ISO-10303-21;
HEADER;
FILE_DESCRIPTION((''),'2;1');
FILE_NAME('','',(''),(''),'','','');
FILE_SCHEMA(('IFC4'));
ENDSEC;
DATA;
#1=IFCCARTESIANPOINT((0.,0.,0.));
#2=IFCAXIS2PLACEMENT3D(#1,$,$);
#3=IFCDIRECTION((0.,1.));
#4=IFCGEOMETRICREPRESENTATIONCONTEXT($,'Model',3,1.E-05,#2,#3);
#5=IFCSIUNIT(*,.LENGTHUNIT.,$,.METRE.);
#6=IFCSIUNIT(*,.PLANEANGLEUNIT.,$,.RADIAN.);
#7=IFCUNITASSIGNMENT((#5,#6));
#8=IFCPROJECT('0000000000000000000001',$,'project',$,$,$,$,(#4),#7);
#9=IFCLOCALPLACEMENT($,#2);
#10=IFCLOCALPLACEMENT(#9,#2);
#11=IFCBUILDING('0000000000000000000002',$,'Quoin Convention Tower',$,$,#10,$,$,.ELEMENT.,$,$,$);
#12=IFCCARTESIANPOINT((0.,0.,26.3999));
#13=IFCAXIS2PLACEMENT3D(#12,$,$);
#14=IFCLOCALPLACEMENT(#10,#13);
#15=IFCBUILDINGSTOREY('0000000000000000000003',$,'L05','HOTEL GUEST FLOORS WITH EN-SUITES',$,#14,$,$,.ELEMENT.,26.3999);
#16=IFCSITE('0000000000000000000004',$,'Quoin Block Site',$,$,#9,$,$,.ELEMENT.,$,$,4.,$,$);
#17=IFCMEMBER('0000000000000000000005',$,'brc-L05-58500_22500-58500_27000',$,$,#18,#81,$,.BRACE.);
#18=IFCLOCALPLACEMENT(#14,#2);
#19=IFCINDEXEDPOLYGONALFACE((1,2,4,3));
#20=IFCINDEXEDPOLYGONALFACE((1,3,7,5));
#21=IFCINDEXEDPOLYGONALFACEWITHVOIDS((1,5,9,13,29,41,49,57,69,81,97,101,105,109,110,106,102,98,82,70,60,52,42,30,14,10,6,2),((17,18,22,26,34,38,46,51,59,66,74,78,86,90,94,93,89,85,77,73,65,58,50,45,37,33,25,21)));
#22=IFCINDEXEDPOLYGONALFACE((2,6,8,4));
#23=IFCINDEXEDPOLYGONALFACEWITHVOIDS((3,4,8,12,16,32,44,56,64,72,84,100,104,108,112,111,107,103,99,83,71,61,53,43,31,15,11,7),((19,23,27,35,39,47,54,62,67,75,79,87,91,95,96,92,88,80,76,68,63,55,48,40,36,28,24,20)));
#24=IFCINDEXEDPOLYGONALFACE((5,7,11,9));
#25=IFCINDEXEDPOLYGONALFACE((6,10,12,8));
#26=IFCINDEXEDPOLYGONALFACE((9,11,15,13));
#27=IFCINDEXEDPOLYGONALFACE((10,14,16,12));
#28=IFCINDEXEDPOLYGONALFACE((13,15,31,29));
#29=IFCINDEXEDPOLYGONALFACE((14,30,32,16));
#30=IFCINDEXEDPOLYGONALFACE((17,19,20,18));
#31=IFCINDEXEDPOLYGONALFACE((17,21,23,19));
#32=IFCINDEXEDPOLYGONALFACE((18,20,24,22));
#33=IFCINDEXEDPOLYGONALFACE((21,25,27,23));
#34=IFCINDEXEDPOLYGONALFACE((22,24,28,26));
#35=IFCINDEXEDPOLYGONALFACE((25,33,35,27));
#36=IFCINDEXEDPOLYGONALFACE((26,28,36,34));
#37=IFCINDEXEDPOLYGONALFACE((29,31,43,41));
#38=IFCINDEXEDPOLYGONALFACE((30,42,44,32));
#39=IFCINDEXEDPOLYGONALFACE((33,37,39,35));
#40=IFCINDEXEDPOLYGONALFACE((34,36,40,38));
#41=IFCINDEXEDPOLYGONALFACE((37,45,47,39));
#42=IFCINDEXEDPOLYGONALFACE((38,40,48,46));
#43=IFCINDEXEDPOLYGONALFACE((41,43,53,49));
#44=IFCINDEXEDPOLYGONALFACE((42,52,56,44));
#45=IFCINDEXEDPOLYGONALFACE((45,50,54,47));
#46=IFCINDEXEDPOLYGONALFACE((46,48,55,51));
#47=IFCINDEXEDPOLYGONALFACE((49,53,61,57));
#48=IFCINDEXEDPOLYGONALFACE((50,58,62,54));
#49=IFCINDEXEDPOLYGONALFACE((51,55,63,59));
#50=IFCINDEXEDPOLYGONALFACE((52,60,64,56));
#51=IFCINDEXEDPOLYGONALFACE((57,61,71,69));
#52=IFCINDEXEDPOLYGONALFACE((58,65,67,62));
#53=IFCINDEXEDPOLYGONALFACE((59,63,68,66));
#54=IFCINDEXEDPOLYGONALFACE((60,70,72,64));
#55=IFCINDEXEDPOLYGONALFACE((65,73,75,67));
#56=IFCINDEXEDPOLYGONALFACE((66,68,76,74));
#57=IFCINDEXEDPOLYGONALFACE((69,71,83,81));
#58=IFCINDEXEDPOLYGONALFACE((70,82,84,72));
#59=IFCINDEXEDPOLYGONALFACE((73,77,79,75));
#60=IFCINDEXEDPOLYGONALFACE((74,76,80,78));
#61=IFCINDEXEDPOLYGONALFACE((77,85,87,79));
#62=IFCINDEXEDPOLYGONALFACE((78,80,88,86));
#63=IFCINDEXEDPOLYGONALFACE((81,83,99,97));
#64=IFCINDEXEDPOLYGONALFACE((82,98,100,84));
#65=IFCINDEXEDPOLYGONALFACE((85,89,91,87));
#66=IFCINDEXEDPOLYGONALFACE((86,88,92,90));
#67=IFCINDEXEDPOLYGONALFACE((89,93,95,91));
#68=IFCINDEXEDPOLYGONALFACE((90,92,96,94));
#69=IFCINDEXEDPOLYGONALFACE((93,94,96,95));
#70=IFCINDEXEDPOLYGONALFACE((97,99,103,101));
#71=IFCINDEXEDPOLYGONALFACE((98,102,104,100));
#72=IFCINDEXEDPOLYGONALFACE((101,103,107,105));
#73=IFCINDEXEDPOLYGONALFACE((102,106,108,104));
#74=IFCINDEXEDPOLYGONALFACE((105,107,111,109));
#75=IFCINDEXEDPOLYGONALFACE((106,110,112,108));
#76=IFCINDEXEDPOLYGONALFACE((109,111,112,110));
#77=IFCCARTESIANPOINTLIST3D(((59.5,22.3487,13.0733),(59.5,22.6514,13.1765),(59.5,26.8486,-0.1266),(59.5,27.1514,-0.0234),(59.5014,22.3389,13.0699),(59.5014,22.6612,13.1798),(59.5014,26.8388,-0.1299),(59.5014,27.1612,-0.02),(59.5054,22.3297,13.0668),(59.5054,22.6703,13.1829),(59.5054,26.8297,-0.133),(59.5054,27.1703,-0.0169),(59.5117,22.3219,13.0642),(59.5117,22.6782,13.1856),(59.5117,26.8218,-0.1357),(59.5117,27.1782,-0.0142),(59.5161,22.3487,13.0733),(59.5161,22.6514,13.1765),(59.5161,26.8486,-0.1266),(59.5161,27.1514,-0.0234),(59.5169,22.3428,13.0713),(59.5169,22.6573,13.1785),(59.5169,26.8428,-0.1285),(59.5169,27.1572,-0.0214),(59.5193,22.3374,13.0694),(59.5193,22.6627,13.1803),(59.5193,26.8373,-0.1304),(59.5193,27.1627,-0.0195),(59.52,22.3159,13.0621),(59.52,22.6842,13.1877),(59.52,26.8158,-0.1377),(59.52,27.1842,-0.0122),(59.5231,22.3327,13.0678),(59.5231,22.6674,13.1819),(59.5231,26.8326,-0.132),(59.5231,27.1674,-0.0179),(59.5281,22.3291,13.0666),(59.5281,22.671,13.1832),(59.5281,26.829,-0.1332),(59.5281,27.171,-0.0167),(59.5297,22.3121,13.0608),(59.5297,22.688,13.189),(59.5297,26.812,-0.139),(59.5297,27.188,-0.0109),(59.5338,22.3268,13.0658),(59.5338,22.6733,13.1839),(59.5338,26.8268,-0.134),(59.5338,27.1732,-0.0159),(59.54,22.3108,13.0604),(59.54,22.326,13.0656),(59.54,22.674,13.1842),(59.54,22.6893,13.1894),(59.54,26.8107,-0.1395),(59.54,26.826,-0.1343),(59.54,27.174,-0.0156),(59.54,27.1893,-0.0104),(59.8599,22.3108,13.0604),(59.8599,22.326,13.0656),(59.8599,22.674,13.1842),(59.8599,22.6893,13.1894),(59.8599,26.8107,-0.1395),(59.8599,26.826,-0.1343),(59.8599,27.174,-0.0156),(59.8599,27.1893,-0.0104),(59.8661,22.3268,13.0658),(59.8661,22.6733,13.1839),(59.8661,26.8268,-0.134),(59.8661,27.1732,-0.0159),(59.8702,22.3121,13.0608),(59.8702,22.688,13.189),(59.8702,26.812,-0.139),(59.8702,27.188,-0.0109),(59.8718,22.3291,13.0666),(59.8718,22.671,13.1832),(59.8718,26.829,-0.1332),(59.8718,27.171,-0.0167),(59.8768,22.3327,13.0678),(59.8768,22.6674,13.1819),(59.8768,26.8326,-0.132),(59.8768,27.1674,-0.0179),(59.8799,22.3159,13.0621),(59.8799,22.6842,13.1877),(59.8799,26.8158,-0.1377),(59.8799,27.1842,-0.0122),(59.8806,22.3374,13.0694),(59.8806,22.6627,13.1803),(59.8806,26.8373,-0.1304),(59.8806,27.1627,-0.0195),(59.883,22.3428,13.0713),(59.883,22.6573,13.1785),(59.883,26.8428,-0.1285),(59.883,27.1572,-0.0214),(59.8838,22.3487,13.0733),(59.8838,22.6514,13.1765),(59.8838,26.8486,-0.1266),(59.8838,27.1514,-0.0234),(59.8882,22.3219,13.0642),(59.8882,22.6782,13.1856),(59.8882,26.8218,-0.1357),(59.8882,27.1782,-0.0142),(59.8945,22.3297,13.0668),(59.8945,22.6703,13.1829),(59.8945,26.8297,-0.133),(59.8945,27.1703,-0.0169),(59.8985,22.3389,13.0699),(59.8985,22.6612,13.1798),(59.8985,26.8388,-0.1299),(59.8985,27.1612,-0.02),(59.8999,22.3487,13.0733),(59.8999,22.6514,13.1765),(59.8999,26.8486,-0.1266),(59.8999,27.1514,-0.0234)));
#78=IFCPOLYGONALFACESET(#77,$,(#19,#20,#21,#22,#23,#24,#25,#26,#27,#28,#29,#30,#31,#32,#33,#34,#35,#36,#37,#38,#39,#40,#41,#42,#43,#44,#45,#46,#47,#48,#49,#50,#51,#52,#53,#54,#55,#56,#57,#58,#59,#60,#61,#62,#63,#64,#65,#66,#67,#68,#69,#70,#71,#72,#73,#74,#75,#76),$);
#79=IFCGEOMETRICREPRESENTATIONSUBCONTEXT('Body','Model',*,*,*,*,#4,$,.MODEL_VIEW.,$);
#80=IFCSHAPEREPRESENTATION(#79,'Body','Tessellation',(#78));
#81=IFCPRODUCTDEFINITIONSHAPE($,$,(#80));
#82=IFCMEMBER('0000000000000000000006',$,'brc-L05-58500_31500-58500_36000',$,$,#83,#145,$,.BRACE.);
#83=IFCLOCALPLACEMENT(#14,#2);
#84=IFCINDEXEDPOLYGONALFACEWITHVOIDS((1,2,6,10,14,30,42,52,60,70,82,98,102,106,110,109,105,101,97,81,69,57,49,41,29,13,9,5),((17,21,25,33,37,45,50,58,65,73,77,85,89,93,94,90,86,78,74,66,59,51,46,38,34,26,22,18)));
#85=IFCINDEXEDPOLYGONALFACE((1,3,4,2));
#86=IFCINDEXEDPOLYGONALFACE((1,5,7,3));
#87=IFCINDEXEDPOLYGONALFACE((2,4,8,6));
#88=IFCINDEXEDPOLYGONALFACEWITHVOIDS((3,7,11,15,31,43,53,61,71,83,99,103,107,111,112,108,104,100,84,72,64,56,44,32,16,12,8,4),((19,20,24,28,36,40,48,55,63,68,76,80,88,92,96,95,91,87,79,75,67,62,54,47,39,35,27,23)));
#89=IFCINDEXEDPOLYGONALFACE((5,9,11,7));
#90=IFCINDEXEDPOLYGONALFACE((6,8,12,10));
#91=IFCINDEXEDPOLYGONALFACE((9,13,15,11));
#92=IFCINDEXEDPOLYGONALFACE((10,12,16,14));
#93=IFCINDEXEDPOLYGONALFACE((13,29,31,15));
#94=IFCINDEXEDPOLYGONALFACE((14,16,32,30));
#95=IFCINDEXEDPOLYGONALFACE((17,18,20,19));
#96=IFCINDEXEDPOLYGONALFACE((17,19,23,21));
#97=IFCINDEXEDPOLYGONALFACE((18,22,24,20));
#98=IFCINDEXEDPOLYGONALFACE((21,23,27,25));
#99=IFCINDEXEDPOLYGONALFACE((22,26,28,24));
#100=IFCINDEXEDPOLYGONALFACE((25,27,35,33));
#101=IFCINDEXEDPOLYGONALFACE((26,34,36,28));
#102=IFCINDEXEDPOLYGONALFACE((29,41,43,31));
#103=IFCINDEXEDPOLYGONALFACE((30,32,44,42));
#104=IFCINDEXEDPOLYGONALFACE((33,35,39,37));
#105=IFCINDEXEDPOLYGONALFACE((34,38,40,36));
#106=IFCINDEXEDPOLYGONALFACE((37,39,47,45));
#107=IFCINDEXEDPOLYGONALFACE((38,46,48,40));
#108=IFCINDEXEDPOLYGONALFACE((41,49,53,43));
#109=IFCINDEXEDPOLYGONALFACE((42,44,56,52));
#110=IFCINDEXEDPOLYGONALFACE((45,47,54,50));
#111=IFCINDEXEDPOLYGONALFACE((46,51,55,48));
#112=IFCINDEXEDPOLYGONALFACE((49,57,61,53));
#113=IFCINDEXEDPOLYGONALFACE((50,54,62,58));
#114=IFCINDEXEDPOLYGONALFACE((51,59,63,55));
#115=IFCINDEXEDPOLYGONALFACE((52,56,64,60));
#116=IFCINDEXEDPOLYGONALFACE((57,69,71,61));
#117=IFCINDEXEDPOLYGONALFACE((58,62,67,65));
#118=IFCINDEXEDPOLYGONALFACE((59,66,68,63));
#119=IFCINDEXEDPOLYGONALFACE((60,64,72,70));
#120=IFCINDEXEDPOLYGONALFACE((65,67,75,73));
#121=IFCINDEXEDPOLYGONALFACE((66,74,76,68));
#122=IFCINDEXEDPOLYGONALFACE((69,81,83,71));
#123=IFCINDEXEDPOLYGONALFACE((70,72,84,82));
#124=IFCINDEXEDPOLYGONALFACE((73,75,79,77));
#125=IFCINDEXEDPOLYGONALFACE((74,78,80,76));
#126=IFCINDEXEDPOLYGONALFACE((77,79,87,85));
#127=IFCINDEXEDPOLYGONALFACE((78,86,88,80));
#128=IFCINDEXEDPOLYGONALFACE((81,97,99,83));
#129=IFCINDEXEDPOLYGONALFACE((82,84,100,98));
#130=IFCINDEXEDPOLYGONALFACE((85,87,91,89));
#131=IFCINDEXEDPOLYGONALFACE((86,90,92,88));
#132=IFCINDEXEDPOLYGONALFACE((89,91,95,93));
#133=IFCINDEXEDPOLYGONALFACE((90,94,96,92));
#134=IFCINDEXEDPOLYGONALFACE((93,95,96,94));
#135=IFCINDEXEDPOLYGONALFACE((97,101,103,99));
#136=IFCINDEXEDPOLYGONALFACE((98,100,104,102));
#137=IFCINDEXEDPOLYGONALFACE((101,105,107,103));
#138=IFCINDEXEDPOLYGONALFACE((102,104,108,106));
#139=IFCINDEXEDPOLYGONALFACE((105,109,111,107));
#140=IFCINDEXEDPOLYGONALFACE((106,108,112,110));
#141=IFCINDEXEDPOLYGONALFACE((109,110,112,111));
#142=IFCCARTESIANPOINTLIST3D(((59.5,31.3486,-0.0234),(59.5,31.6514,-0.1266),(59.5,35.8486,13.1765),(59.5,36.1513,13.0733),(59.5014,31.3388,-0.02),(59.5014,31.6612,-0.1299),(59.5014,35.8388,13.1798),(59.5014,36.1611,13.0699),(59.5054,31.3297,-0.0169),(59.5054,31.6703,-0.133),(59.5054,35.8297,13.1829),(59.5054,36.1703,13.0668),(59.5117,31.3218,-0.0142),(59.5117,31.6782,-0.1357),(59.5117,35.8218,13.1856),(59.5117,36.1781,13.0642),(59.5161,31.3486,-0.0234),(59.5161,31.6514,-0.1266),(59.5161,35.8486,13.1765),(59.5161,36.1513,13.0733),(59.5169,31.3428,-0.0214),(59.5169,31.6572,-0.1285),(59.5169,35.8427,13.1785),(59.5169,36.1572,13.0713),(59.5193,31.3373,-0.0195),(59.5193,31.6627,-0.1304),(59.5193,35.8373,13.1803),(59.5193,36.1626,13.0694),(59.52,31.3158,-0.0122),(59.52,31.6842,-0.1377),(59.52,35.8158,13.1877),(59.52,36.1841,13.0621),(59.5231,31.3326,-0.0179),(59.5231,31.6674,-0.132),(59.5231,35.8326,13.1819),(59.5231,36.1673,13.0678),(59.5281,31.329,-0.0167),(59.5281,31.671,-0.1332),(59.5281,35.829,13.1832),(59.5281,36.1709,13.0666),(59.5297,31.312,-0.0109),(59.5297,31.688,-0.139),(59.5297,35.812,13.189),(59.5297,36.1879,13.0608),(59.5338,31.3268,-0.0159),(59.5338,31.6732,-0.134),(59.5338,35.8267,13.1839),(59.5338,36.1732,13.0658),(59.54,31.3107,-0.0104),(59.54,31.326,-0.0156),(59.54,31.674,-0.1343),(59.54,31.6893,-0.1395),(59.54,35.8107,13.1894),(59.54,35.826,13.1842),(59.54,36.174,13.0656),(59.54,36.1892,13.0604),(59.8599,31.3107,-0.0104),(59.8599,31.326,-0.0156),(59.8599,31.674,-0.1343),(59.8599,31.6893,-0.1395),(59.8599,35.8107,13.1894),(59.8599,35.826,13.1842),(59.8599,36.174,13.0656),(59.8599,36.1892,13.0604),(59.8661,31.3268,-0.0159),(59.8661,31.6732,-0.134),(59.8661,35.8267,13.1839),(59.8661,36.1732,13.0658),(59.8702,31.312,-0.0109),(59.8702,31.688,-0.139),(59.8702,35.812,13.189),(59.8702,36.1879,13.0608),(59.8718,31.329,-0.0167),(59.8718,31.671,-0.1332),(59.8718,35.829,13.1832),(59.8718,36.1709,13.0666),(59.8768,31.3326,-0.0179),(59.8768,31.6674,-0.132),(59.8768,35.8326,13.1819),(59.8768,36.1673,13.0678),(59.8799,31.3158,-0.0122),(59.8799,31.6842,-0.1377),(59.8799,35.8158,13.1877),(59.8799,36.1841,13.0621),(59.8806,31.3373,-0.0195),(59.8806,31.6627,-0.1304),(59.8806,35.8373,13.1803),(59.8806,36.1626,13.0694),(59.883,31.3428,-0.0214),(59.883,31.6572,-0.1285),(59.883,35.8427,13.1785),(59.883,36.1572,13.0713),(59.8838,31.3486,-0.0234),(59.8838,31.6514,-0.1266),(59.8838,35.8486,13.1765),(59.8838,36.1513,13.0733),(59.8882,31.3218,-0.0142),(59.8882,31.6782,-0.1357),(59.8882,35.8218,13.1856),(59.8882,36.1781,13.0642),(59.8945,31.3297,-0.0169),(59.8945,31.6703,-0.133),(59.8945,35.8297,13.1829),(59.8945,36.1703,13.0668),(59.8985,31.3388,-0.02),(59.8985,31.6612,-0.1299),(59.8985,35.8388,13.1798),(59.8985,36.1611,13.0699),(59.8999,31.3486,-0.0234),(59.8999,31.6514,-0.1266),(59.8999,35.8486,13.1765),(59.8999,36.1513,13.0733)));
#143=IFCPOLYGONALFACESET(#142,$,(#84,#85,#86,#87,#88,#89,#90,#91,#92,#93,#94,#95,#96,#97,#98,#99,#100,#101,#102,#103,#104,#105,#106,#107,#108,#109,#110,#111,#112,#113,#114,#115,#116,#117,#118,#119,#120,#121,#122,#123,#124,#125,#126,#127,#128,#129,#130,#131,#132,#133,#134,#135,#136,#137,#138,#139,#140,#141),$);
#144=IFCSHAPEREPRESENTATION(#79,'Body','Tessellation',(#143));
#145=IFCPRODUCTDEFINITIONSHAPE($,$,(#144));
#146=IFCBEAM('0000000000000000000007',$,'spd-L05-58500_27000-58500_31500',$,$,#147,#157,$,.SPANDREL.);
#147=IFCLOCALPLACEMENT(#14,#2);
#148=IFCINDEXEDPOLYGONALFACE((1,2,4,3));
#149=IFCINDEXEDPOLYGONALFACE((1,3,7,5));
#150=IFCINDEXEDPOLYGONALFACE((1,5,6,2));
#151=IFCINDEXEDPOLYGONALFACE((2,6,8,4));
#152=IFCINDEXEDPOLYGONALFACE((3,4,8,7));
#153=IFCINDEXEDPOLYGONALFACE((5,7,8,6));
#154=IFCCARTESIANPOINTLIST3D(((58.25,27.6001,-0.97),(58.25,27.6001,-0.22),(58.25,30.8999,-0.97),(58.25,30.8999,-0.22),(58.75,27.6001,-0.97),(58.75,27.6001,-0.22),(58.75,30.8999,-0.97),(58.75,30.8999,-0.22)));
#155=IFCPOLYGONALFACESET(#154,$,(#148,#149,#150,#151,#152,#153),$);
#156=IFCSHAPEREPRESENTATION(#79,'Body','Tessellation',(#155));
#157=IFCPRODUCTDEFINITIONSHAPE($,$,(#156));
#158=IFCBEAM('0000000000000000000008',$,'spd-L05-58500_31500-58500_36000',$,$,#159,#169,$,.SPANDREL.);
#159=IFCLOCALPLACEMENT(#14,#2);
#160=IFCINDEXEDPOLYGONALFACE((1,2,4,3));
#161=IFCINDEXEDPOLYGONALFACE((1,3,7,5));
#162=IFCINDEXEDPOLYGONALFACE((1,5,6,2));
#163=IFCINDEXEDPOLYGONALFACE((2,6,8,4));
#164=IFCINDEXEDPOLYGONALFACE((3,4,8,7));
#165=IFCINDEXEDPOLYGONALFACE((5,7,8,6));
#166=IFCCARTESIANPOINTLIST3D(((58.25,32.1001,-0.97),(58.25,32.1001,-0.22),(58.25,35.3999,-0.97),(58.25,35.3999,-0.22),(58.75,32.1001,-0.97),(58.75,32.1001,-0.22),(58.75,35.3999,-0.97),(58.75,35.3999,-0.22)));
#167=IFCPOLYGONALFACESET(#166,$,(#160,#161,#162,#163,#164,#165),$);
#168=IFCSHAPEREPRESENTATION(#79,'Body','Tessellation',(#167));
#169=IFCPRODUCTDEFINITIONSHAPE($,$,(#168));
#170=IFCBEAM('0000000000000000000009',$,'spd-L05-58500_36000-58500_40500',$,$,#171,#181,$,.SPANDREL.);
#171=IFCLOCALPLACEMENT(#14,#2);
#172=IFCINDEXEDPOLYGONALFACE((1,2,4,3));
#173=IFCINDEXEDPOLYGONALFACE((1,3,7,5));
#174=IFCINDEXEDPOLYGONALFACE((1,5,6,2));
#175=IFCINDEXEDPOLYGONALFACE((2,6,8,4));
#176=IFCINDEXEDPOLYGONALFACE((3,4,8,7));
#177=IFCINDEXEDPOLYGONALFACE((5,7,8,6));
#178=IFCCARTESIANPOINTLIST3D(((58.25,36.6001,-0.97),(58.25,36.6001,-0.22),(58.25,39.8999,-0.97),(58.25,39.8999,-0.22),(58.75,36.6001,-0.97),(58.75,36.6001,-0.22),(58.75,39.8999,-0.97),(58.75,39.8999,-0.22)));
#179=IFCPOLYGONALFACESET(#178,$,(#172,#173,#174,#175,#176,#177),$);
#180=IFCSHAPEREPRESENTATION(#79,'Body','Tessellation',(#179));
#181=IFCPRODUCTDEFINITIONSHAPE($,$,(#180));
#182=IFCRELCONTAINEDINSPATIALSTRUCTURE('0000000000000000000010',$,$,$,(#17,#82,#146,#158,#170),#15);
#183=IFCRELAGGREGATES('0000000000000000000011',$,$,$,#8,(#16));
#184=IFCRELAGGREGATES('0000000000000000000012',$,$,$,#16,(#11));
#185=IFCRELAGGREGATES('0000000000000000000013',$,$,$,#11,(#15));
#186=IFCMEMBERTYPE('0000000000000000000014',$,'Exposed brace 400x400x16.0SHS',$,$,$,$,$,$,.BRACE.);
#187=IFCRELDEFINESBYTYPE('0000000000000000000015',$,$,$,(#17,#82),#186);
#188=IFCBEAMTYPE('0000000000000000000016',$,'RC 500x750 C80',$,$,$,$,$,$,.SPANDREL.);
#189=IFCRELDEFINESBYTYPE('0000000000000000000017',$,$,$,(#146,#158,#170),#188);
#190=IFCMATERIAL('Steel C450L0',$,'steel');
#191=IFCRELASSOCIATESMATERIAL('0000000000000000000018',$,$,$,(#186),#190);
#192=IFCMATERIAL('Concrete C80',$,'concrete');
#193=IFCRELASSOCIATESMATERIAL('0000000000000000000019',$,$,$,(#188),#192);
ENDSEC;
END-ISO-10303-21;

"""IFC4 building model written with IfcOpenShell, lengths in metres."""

from ifc_helpers import new_model, si_unit, direction, frame, origin, origin_2d, place, context, subcontext, project, spatial, rectangle, hollow_rectangle, extrude, material, material_profile, profile_set, type_object, element, save


model = new_model("IFC4")

# Units and contexts
model_context = context("Model", 3, precision=1e-05, world=origin(), true_north=direction((0.0, 1.0)))
body_context = subcontext(model_context, "Body", "Model", "MODEL_VIEW")
ifc_project = project(units=[si_unit("LENGTHUNIT", "METRE"), si_unit("PLANEANGLEUNIT", "RADIAN")], contexts=[model_context])

# Site, building, storey
site_placement = place(None, origin())
site = spatial("IfcSite", under=ifc_project, at=site_placement, Name="Quoin Block Site", CompositionType="ELEMENT", RefElevation=4.0)
building_placement = place(site_placement, origin())
building = spatial("IfcBuilding", under=site, at=building_placement, Name="Quoin Convention Tower", CompositionType="ELEMENT")
storey_placement = place(building_placement, frame((0.0, 0.0, 26.3999)))
storey = spatial("IfcBuildingStorey", under=building, at=storey_placement, Name="L05", Description="HOTEL GUEST FLOORS WITH EN-SUITES", CompositionType="ELEMENT", Elevation=26.3999)

# Shared definitions
ifc_material_1 = material(Name="Concrete C80", Category="concrete")

# Shared definitions
ifc_material_2 = material(Name="Steel C450L0", Category="steel")

# Members
ifc_material_profile_1 = material_profile(ifc_material_2, hollow_rectangle(XDim=0.3999, YDim=0.3999, WallThickness=0.0161, InnerFilletRadius=0.0239, OuterFilletRadius=0.04, at=origin_2d()), Name="400x400x16.0SHS")
ifc_profile_set_1 = profile_set([ifc_material_profile_1], Name="Steel C450L0")
member_type = type_object("IfcMemberType", Name="Exposed brace 400x400x16.0SHS", PredefinedType="BRACE", material=ifc_profile_set_1)
for number, where, z_axis, x_axis, name in (
    (1, (59.7, 27.0, -0.075), (0.0, -0.322675, 0.94651), (1.0, 0.0, 0.0), "brc-L05-58500_22500-58500_27000"),
    (2, (59.7, 31.5, -0.075), (0.0, 0.322675, 0.94651), (-1.0, 0.0, 0.0), "brc-L05-58500_31500-58500_36000"),
):
    element("IfcMember", number, at=place(storey_placement, frame(where, z_axis=z_axis, x_axis=x_axis)), inside=storey, type_object=member_type, Name=name, PredefinedType="BRACE", context=body_context, shape_type="SweptSolid", body=[
        extrude(hollow_rectangle(XDim=0.3999, YDim=0.3999, WallThickness=0.0161, InnerFilletRadius=0.0239, OuterFilletRadius=0.04, at=origin_2d()), origin(), (0.0, 0.0, 1.0), 13.9458),
    ])

# Beams
ifc_material_profile_2 = material_profile(ifc_material_1, rectangle(XDim=0.5, YDim=0.75, at=origin_2d()), Name="RC 500x750")
ifc_profile_set_2 = profile_set([ifc_material_profile_2], Name="Concrete C80")
beam_type_1 = type_object("IfcBeamType", Name="RC 500x750 C80", PredefinedType="SPANDREL", material=ifc_profile_set_2)
for number, where, z_axis, x_axis, name in (
    (3, (58.5, 27.6001, -0.595), (0.0, 1.0, 0.0), (-1.0, 0.0, 0.0), "spd-L05-58500_27000-58500_31500"),
    (4, (58.5, 32.1001, -0.595), (0.0, 1.0, 0.0), (-1.0, 0.0, 0.0), "spd-L05-58500_31500-58500_36000"),
    (5, (58.5, 36.6001, -0.595), (0.0, 1.0, 0.0), (-1.0, 0.0, 0.0), "spd-L05-58500_36000-58500_40500"),
):
    element("IfcBeam", number, at=place(storey_placement, frame(where, z_axis=z_axis, x_axis=x_axis)), inside=storey, type_object=beam_type_1, Name=name, PredefinedType="SPANDREL", context=body_context, shape_type="SweptSolid", body=[
        extrude(rectangle(XDim=0.5, YDim=0.75, at=origin_2d()), origin(), (0.0, 0.0, 1.0), 3.2998),
    ])

save(model, "model.ifc")
